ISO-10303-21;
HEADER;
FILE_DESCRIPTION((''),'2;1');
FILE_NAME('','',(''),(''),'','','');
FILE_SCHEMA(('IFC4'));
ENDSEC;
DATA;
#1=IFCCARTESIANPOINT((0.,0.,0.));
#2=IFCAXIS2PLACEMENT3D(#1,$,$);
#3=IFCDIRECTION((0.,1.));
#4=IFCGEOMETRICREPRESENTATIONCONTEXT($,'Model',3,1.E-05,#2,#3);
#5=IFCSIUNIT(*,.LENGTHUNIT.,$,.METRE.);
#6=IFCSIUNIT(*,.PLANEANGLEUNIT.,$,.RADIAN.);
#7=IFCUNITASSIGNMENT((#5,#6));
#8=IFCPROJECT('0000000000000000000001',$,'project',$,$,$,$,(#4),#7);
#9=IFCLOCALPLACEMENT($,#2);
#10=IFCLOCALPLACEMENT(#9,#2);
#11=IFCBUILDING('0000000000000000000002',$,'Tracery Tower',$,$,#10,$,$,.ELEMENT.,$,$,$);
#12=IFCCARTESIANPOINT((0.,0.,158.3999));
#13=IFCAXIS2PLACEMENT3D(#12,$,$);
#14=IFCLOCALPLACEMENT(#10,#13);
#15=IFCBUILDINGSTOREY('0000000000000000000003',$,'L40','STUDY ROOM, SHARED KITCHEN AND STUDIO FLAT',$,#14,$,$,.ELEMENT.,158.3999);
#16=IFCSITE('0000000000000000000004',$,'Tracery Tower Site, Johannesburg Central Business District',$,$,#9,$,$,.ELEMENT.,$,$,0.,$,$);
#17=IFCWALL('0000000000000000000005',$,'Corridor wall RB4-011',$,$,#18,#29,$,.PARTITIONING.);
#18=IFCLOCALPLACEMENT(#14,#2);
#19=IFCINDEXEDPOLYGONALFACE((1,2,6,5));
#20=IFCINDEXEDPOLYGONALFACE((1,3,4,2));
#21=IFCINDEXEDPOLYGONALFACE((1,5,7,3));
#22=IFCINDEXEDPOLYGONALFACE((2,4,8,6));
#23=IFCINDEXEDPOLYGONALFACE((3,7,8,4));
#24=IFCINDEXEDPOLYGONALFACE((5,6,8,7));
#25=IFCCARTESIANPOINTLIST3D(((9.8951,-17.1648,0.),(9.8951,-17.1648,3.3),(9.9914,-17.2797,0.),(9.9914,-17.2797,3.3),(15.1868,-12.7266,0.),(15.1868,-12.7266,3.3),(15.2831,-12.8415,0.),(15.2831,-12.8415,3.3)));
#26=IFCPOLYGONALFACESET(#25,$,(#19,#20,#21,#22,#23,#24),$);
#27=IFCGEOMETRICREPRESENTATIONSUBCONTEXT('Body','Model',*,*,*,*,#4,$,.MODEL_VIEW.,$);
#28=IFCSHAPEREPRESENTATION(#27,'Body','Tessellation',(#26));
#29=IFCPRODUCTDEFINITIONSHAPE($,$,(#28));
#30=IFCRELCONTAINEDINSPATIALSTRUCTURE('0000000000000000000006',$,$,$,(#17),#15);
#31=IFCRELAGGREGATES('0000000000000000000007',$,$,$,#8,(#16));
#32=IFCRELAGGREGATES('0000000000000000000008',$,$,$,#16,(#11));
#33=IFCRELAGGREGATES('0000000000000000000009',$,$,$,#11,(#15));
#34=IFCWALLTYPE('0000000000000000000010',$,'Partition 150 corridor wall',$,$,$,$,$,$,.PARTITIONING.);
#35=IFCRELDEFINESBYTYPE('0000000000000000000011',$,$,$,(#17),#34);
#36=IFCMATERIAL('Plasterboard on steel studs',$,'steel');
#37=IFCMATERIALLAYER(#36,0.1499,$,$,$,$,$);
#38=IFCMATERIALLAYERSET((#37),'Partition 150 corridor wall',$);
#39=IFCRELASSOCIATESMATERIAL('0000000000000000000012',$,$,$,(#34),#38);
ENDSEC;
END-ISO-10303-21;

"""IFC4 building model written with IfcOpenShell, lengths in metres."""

from ifc_helpers import new_model, si_unit, direction, frame, frame_2d, origin, place, context, subcontext, project, spatial, rectangle, extrude, material, layer, layer_set, type_object, element, save


model = new_model("IFC4")

# Units and contexts
model_context = context("Model", 3, precision=1e-05, world=origin(), true_north=direction((0.0, 1.0)))
body_context = subcontext(model_context, "Body", "Model", "MODEL_VIEW")
ifc_project = project(units=[si_unit("LENGTHUNIT", "METRE"), si_unit("PLANEANGLEUNIT", "RADIAN")], contexts=[model_context])

# Site, building, storey
site_placement = place(None, origin())
site = spatial("IfcSite", under=ifc_project, at=site_placement, Name="Tracery Tower Site, Johannesburg Central Business District", CompositionType="ELEMENT", RefElevation=0.0)
building_placement = place(site_placement, origin())
building = spatial("IfcBuilding", under=site, at=building_placement, Name="Tracery Tower", CompositionType="ELEMENT")
storey_placement = place(building_placement, frame((0.0, 0.0, 158.3999)))
storey = spatial("IfcBuildingStorey", under=building, at=storey_placement, Name="L40", Description="STUDY ROOM, SHARED KITCHEN AND STUDIO FLAT", CompositionType="ELEMENT", Elevation=158.3999)

# Shared definitions
ifc_material_1 = material(Name="Plasterboard on steel studs", Category="steel")
ifc_layer_1 = layer(ifc_material_1, 0.1499)
ifc_layer_set_1 = layer_set([ifc_layer_1], Name="Partition 150 corridor wall")
wall_type_1 = type_object("IfcWallType", Name="Partition 150 corridor wall", PredefinedType="PARTITIONING", material=ifc_layer_set_1)

# Wall
wall_1_placement = place(storey_placement, frame((9.9434, -17.2222, 0.0), z_axis=(0.0, 0.0, 1.0), x_axis=(0.766192, 0.642612, 0.0)))
element("IfcWall", 1, at=wall_1_placement, inside=storey, type_object=wall_type_1, Name="Corridor wall RB4-011", PredefinedType="PARTITIONING", context=body_context, shape_type="SweptSolid", body=[
    extrude(rectangle(XDim=6.9065, YDim=0.1499, at=frame_2d((3.4531, 0.0))), origin(), (0.0, 0.0, 1.0), 3.3),
])

save(model, "model.ifc")
